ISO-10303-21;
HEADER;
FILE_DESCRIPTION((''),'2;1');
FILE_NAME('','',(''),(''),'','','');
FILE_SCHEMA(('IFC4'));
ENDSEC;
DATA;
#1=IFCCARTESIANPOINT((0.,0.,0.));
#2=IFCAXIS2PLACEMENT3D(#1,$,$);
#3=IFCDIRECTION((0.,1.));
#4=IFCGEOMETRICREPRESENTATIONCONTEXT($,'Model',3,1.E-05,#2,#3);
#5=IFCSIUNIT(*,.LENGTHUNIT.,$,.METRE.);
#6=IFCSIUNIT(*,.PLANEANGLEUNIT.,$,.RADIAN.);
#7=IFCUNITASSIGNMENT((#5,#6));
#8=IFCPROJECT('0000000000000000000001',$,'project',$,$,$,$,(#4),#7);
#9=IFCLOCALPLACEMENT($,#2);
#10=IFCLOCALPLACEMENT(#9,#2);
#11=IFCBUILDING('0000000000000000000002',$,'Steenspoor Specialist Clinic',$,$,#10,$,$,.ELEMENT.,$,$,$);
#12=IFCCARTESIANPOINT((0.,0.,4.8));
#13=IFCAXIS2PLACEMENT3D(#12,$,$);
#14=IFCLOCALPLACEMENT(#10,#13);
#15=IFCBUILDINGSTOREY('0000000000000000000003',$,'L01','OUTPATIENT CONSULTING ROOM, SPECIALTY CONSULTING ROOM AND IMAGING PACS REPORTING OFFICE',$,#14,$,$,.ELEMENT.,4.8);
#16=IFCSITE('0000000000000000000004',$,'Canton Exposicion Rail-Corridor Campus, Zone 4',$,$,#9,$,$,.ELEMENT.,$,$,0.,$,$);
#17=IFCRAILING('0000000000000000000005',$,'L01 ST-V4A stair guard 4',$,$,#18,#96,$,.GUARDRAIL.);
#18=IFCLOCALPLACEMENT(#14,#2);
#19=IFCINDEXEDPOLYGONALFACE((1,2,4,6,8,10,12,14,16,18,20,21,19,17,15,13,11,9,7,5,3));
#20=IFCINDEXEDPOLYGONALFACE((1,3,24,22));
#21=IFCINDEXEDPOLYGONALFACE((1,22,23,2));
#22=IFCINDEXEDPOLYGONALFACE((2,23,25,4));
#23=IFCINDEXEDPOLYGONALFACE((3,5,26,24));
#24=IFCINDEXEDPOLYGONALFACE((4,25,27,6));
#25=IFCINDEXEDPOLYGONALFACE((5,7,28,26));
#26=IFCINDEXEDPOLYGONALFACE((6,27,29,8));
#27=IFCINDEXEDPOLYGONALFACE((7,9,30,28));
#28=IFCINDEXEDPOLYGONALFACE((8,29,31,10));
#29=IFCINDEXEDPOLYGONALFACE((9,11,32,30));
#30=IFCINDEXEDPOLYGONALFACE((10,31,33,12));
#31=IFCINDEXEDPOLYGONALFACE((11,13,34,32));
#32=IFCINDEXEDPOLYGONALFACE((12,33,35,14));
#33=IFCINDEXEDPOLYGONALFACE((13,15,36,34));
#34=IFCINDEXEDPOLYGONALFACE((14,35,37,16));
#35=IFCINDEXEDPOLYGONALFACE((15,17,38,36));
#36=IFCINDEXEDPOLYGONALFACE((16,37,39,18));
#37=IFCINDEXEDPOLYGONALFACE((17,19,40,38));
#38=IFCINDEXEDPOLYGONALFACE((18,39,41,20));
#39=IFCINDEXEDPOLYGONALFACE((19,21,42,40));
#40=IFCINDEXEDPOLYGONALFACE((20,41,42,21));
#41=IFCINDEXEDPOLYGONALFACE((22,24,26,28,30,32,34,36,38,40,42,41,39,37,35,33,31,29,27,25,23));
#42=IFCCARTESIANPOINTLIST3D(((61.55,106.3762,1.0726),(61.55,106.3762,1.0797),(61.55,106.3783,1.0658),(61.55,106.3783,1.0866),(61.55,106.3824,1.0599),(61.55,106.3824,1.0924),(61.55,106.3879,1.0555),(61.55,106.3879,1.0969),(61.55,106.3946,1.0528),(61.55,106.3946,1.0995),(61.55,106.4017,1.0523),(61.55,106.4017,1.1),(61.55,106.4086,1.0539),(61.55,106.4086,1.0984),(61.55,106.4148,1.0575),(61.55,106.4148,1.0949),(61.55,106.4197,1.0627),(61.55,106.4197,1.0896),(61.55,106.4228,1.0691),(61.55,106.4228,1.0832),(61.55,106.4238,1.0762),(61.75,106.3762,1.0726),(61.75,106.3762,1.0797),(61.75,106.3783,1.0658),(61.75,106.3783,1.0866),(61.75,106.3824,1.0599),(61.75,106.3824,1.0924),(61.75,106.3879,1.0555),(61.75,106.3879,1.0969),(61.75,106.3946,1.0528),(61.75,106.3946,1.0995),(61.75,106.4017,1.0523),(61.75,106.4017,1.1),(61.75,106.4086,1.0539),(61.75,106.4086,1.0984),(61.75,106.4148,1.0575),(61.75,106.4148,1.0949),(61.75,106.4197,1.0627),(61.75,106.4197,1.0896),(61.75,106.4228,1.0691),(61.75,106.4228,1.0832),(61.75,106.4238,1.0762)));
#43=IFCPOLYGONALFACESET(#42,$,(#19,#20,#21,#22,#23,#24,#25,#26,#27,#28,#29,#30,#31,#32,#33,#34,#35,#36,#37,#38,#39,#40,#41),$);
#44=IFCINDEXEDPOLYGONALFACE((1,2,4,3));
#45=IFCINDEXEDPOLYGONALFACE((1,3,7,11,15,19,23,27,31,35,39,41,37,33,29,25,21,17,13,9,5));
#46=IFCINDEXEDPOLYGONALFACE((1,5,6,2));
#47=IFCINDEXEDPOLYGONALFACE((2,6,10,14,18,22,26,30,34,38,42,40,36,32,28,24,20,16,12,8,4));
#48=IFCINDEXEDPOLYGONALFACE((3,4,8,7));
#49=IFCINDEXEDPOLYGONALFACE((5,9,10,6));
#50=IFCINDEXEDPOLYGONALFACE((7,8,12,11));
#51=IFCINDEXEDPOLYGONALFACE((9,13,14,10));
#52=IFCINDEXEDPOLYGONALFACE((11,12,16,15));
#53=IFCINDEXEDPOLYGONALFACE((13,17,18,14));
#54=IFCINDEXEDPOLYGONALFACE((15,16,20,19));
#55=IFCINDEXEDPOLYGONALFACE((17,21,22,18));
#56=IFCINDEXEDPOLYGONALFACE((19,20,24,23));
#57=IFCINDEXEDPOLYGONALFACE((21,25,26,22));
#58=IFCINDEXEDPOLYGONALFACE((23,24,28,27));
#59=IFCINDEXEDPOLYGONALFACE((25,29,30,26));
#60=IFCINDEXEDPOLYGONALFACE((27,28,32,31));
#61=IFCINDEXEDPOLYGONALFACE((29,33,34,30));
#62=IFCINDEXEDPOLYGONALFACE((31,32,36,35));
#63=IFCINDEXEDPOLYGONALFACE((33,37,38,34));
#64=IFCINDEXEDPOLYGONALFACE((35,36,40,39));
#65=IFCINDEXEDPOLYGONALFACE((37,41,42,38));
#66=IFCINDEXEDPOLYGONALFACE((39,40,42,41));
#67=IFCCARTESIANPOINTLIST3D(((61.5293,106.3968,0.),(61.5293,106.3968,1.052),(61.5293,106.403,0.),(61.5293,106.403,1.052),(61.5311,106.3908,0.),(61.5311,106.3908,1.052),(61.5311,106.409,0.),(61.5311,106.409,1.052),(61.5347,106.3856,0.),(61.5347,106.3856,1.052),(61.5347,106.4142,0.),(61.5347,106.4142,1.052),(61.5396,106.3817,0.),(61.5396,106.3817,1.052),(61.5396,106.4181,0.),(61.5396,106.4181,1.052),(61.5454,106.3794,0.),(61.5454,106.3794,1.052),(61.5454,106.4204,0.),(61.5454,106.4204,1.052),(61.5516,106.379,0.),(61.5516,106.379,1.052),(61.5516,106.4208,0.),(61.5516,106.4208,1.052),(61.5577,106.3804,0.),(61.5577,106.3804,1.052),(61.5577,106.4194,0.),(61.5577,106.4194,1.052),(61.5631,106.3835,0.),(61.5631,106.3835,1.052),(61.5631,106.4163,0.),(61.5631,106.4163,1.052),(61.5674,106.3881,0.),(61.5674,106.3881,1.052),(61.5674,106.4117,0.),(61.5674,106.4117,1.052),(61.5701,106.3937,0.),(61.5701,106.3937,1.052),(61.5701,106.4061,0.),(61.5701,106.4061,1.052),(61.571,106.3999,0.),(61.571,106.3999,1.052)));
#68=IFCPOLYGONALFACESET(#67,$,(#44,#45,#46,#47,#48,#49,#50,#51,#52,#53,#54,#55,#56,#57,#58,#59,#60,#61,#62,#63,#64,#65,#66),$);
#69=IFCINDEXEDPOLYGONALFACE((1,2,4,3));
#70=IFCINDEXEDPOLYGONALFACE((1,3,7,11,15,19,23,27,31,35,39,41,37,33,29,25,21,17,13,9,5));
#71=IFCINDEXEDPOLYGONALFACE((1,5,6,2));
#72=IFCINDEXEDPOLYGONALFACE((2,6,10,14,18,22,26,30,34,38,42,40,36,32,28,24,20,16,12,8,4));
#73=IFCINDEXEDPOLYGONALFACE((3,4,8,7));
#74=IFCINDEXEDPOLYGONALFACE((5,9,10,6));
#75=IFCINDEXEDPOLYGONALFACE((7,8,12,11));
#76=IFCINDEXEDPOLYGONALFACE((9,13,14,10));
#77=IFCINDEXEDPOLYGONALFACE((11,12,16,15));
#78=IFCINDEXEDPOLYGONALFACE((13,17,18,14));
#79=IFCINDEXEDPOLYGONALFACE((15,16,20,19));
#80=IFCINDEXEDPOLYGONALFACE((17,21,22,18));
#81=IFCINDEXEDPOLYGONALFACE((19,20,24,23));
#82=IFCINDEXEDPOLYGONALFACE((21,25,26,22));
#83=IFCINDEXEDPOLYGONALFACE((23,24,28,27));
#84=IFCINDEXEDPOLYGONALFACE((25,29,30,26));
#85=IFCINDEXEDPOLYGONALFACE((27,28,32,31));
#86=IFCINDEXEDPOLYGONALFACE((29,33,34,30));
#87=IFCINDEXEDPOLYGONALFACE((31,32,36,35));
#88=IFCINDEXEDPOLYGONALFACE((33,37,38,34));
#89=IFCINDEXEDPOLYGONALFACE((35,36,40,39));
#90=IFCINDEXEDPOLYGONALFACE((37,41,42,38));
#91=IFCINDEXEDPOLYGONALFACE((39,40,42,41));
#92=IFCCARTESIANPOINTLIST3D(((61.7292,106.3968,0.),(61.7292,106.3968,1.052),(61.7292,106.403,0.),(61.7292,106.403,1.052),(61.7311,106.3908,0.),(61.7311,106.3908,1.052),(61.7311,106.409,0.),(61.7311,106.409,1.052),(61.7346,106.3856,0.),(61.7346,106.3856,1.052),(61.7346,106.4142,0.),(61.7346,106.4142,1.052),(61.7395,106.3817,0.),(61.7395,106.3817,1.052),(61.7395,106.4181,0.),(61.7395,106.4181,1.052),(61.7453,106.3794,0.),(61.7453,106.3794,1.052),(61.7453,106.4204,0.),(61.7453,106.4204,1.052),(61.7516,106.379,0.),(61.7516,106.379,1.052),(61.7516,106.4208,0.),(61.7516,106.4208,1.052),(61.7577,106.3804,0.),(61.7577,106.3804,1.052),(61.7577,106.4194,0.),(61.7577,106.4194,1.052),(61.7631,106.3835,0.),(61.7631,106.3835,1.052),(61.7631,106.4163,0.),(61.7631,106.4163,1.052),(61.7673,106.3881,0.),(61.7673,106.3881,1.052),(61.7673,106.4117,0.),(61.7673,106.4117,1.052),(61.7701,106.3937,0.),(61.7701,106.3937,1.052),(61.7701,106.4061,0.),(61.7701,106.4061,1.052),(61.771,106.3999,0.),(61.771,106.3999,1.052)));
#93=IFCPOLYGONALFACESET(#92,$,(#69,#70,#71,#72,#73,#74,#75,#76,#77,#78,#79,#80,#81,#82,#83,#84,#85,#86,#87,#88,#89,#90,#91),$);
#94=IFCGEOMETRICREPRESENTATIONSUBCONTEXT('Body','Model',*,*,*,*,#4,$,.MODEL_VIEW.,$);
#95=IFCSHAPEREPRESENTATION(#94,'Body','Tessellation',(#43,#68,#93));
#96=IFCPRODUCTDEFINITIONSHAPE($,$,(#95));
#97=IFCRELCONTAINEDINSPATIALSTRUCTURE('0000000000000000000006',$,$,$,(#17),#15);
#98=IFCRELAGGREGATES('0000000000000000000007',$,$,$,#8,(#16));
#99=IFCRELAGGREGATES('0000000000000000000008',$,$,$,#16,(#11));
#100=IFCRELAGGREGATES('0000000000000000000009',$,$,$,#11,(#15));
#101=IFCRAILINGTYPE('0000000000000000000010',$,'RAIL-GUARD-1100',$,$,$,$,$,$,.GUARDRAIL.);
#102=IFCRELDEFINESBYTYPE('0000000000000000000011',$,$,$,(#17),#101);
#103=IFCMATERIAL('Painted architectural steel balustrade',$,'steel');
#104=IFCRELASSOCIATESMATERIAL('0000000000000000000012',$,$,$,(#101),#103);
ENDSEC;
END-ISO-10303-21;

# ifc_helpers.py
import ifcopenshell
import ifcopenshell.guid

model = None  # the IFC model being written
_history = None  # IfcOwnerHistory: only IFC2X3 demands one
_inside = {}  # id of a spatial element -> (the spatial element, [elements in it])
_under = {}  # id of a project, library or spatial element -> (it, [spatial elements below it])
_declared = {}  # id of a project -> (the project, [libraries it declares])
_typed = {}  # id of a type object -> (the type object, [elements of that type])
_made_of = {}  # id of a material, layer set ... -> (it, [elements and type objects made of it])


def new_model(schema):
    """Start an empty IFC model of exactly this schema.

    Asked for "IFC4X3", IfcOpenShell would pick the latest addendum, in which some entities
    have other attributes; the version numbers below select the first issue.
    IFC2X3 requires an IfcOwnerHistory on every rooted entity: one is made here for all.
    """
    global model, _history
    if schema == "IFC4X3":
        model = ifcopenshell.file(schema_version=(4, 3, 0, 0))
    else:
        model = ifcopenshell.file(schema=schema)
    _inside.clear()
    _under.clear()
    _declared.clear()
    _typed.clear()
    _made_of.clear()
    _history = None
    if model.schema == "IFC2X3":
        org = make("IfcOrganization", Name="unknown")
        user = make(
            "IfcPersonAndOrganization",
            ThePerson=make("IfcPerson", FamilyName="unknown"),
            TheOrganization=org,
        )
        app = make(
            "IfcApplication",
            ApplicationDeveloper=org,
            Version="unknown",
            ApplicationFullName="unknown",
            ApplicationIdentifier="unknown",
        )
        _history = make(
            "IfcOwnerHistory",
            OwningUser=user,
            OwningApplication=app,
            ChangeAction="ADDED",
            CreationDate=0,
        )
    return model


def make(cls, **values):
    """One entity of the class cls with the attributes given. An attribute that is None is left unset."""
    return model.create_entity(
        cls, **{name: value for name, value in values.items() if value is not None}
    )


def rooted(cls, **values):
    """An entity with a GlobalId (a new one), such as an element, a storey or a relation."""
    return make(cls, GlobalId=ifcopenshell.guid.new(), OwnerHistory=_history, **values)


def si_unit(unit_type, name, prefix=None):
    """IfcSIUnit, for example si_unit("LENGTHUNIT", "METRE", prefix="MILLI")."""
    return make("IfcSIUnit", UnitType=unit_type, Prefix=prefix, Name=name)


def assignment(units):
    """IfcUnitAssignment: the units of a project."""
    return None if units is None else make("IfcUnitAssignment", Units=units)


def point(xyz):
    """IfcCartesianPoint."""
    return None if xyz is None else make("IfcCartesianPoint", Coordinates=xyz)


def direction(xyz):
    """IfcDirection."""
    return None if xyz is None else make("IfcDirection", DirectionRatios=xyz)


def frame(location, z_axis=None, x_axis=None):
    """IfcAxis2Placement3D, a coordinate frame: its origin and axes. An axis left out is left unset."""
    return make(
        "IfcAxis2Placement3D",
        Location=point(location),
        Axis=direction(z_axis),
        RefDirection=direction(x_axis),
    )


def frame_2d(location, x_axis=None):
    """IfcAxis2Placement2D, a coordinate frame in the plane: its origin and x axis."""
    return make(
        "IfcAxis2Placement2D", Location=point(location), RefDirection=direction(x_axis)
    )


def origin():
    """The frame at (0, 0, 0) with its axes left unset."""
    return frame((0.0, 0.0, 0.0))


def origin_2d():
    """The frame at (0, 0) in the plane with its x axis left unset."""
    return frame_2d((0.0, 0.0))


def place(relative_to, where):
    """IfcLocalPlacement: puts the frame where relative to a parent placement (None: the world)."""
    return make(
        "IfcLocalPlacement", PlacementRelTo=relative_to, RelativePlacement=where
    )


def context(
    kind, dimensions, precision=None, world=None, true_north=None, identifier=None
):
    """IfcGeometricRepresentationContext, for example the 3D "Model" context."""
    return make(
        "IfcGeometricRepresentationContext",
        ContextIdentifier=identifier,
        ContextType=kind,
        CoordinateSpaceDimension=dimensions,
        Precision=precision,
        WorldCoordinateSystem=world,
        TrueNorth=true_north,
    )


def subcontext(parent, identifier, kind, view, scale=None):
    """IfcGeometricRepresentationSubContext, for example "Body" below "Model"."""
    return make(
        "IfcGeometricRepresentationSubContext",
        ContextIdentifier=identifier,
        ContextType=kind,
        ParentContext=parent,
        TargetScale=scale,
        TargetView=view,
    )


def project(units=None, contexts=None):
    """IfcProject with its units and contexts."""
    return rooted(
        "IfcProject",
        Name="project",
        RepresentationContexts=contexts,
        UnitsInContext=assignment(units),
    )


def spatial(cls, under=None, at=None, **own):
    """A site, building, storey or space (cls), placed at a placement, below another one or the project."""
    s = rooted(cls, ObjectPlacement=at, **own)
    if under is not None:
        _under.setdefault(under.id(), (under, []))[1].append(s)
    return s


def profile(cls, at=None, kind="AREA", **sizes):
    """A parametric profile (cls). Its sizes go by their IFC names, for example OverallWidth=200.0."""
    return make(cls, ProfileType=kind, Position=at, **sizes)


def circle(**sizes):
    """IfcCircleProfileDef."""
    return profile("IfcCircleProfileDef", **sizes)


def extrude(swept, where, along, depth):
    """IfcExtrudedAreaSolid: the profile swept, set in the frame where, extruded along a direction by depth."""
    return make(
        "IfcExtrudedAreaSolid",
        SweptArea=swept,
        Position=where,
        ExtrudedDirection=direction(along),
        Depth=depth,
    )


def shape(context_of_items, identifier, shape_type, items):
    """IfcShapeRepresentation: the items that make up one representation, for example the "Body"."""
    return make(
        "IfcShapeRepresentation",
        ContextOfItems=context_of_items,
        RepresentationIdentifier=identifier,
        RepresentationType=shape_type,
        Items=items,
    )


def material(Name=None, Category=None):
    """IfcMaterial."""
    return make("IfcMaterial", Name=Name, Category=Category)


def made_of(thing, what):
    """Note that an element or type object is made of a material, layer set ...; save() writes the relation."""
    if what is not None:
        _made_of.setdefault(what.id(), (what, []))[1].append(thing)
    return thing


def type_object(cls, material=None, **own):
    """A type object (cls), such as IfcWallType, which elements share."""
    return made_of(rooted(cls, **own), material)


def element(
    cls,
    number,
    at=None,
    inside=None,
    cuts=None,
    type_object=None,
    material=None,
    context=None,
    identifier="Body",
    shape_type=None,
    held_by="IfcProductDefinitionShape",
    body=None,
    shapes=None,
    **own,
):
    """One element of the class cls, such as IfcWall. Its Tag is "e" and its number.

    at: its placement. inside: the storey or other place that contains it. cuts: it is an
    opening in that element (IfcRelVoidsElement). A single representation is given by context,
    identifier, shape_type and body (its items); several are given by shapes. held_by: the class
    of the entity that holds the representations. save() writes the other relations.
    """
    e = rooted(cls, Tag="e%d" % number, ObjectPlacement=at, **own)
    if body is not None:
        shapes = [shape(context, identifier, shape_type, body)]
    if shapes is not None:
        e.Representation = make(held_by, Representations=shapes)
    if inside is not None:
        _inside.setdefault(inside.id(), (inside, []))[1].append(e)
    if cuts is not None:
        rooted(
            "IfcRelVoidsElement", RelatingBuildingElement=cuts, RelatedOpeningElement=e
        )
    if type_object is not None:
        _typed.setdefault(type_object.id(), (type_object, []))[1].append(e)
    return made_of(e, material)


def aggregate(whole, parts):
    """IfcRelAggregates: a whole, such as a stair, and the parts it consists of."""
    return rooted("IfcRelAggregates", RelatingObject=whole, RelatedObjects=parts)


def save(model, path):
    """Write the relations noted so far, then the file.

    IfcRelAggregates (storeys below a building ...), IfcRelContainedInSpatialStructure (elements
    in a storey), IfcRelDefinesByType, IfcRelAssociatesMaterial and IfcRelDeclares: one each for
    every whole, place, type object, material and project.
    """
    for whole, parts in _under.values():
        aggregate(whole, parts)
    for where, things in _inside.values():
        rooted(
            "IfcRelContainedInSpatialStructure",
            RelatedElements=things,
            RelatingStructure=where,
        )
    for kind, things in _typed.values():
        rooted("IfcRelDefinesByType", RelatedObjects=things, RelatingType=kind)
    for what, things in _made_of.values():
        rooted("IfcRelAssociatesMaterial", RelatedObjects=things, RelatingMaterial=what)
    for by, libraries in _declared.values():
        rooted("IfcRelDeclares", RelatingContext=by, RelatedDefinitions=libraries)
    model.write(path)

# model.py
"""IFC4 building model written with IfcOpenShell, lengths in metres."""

from ifc_helpers import new_model, si_unit, direction, frame, origin, origin_2d, place, context, subcontext, project, spatial, circle, extrude, material, type_object, element, save


model = new_model("IFC4")

# Units and contexts
model_context = context("Model", 3, precision=1e-05, world=origin(), true_north=direction((0.0, 1.0)))
body_context = subcontext(model_context, "Body", "Model", "MODEL_VIEW")
ifc_project = project(units=[si_unit("LENGTHUNIT", "METRE"), si_unit("PLANEANGLEUNIT", "RADIAN")], contexts=[model_context])

# Site, building, storey
site_placement = place(None, origin())
site = spatial("IfcSite", under=ifc_project, at=site_placement, Name="Canton Exposicion Rail-Corridor Campus, Zone 4", CompositionType="ELEMENT", RefElevation=0.0)
building_placement = place(site_placement, origin())
building = spatial("IfcBuilding", under=site, at=building_placement, Name="Steenspoor Specialist Clinic", CompositionType="ELEMENT")
storey_placement = place(building_placement, frame((0.0, 0.0, 4.8)))
storey = spatial("IfcBuildingStorey", under=building, at=storey_placement, Name="L01", Description="OUTPATIENT CONSULTING ROOM, SPECIALTY CONSULTING ROOM AND IMAGING PACS REPORTING OFFICE", CompositionType="ELEMENT", Elevation=4.8)

# Railing
ifc_material_1 = material(Name="Painted architectural steel balustrade", Category="steel")
railing_type_1 = type_object("IfcRailingType", Name="RAIL-GUARD-1100", PredefinedType="GUARDRAIL", material=ifc_material_1)
railing_1_placement = place(storey_placement, frame((61.55, 106.3999, 0.0)))
element("IfcRailing", 1, at=railing_1_placement, inside=storey, type_object=railing_type_1, Name="L01 ST-V4A stair guard 4", PredefinedType="GUARDRAIL", context=body_context, shape_type="SweptSolid", body=[
    extrude(circle(Radius=0.0239, at=origin_2d()), frame((0.0, 0.0, 1.0762), z_axis=(1.0, 0.0, 0.0), x_axis=(0.0, 1.0, 0.0)), (0.0, 0.0, 1.0), 0.2),
    extrude(circle(Radius=0.021, at=origin_2d()), origin(), (0.0, 0.0, 1.0), 1.052),
    extrude(circle(Radius=0.021, at=origin_2d()), frame((0.2, 0.0, 0.0)), (0.0, 0.0, 1.0), 1.052),
])

save(model, "model.ifc")
